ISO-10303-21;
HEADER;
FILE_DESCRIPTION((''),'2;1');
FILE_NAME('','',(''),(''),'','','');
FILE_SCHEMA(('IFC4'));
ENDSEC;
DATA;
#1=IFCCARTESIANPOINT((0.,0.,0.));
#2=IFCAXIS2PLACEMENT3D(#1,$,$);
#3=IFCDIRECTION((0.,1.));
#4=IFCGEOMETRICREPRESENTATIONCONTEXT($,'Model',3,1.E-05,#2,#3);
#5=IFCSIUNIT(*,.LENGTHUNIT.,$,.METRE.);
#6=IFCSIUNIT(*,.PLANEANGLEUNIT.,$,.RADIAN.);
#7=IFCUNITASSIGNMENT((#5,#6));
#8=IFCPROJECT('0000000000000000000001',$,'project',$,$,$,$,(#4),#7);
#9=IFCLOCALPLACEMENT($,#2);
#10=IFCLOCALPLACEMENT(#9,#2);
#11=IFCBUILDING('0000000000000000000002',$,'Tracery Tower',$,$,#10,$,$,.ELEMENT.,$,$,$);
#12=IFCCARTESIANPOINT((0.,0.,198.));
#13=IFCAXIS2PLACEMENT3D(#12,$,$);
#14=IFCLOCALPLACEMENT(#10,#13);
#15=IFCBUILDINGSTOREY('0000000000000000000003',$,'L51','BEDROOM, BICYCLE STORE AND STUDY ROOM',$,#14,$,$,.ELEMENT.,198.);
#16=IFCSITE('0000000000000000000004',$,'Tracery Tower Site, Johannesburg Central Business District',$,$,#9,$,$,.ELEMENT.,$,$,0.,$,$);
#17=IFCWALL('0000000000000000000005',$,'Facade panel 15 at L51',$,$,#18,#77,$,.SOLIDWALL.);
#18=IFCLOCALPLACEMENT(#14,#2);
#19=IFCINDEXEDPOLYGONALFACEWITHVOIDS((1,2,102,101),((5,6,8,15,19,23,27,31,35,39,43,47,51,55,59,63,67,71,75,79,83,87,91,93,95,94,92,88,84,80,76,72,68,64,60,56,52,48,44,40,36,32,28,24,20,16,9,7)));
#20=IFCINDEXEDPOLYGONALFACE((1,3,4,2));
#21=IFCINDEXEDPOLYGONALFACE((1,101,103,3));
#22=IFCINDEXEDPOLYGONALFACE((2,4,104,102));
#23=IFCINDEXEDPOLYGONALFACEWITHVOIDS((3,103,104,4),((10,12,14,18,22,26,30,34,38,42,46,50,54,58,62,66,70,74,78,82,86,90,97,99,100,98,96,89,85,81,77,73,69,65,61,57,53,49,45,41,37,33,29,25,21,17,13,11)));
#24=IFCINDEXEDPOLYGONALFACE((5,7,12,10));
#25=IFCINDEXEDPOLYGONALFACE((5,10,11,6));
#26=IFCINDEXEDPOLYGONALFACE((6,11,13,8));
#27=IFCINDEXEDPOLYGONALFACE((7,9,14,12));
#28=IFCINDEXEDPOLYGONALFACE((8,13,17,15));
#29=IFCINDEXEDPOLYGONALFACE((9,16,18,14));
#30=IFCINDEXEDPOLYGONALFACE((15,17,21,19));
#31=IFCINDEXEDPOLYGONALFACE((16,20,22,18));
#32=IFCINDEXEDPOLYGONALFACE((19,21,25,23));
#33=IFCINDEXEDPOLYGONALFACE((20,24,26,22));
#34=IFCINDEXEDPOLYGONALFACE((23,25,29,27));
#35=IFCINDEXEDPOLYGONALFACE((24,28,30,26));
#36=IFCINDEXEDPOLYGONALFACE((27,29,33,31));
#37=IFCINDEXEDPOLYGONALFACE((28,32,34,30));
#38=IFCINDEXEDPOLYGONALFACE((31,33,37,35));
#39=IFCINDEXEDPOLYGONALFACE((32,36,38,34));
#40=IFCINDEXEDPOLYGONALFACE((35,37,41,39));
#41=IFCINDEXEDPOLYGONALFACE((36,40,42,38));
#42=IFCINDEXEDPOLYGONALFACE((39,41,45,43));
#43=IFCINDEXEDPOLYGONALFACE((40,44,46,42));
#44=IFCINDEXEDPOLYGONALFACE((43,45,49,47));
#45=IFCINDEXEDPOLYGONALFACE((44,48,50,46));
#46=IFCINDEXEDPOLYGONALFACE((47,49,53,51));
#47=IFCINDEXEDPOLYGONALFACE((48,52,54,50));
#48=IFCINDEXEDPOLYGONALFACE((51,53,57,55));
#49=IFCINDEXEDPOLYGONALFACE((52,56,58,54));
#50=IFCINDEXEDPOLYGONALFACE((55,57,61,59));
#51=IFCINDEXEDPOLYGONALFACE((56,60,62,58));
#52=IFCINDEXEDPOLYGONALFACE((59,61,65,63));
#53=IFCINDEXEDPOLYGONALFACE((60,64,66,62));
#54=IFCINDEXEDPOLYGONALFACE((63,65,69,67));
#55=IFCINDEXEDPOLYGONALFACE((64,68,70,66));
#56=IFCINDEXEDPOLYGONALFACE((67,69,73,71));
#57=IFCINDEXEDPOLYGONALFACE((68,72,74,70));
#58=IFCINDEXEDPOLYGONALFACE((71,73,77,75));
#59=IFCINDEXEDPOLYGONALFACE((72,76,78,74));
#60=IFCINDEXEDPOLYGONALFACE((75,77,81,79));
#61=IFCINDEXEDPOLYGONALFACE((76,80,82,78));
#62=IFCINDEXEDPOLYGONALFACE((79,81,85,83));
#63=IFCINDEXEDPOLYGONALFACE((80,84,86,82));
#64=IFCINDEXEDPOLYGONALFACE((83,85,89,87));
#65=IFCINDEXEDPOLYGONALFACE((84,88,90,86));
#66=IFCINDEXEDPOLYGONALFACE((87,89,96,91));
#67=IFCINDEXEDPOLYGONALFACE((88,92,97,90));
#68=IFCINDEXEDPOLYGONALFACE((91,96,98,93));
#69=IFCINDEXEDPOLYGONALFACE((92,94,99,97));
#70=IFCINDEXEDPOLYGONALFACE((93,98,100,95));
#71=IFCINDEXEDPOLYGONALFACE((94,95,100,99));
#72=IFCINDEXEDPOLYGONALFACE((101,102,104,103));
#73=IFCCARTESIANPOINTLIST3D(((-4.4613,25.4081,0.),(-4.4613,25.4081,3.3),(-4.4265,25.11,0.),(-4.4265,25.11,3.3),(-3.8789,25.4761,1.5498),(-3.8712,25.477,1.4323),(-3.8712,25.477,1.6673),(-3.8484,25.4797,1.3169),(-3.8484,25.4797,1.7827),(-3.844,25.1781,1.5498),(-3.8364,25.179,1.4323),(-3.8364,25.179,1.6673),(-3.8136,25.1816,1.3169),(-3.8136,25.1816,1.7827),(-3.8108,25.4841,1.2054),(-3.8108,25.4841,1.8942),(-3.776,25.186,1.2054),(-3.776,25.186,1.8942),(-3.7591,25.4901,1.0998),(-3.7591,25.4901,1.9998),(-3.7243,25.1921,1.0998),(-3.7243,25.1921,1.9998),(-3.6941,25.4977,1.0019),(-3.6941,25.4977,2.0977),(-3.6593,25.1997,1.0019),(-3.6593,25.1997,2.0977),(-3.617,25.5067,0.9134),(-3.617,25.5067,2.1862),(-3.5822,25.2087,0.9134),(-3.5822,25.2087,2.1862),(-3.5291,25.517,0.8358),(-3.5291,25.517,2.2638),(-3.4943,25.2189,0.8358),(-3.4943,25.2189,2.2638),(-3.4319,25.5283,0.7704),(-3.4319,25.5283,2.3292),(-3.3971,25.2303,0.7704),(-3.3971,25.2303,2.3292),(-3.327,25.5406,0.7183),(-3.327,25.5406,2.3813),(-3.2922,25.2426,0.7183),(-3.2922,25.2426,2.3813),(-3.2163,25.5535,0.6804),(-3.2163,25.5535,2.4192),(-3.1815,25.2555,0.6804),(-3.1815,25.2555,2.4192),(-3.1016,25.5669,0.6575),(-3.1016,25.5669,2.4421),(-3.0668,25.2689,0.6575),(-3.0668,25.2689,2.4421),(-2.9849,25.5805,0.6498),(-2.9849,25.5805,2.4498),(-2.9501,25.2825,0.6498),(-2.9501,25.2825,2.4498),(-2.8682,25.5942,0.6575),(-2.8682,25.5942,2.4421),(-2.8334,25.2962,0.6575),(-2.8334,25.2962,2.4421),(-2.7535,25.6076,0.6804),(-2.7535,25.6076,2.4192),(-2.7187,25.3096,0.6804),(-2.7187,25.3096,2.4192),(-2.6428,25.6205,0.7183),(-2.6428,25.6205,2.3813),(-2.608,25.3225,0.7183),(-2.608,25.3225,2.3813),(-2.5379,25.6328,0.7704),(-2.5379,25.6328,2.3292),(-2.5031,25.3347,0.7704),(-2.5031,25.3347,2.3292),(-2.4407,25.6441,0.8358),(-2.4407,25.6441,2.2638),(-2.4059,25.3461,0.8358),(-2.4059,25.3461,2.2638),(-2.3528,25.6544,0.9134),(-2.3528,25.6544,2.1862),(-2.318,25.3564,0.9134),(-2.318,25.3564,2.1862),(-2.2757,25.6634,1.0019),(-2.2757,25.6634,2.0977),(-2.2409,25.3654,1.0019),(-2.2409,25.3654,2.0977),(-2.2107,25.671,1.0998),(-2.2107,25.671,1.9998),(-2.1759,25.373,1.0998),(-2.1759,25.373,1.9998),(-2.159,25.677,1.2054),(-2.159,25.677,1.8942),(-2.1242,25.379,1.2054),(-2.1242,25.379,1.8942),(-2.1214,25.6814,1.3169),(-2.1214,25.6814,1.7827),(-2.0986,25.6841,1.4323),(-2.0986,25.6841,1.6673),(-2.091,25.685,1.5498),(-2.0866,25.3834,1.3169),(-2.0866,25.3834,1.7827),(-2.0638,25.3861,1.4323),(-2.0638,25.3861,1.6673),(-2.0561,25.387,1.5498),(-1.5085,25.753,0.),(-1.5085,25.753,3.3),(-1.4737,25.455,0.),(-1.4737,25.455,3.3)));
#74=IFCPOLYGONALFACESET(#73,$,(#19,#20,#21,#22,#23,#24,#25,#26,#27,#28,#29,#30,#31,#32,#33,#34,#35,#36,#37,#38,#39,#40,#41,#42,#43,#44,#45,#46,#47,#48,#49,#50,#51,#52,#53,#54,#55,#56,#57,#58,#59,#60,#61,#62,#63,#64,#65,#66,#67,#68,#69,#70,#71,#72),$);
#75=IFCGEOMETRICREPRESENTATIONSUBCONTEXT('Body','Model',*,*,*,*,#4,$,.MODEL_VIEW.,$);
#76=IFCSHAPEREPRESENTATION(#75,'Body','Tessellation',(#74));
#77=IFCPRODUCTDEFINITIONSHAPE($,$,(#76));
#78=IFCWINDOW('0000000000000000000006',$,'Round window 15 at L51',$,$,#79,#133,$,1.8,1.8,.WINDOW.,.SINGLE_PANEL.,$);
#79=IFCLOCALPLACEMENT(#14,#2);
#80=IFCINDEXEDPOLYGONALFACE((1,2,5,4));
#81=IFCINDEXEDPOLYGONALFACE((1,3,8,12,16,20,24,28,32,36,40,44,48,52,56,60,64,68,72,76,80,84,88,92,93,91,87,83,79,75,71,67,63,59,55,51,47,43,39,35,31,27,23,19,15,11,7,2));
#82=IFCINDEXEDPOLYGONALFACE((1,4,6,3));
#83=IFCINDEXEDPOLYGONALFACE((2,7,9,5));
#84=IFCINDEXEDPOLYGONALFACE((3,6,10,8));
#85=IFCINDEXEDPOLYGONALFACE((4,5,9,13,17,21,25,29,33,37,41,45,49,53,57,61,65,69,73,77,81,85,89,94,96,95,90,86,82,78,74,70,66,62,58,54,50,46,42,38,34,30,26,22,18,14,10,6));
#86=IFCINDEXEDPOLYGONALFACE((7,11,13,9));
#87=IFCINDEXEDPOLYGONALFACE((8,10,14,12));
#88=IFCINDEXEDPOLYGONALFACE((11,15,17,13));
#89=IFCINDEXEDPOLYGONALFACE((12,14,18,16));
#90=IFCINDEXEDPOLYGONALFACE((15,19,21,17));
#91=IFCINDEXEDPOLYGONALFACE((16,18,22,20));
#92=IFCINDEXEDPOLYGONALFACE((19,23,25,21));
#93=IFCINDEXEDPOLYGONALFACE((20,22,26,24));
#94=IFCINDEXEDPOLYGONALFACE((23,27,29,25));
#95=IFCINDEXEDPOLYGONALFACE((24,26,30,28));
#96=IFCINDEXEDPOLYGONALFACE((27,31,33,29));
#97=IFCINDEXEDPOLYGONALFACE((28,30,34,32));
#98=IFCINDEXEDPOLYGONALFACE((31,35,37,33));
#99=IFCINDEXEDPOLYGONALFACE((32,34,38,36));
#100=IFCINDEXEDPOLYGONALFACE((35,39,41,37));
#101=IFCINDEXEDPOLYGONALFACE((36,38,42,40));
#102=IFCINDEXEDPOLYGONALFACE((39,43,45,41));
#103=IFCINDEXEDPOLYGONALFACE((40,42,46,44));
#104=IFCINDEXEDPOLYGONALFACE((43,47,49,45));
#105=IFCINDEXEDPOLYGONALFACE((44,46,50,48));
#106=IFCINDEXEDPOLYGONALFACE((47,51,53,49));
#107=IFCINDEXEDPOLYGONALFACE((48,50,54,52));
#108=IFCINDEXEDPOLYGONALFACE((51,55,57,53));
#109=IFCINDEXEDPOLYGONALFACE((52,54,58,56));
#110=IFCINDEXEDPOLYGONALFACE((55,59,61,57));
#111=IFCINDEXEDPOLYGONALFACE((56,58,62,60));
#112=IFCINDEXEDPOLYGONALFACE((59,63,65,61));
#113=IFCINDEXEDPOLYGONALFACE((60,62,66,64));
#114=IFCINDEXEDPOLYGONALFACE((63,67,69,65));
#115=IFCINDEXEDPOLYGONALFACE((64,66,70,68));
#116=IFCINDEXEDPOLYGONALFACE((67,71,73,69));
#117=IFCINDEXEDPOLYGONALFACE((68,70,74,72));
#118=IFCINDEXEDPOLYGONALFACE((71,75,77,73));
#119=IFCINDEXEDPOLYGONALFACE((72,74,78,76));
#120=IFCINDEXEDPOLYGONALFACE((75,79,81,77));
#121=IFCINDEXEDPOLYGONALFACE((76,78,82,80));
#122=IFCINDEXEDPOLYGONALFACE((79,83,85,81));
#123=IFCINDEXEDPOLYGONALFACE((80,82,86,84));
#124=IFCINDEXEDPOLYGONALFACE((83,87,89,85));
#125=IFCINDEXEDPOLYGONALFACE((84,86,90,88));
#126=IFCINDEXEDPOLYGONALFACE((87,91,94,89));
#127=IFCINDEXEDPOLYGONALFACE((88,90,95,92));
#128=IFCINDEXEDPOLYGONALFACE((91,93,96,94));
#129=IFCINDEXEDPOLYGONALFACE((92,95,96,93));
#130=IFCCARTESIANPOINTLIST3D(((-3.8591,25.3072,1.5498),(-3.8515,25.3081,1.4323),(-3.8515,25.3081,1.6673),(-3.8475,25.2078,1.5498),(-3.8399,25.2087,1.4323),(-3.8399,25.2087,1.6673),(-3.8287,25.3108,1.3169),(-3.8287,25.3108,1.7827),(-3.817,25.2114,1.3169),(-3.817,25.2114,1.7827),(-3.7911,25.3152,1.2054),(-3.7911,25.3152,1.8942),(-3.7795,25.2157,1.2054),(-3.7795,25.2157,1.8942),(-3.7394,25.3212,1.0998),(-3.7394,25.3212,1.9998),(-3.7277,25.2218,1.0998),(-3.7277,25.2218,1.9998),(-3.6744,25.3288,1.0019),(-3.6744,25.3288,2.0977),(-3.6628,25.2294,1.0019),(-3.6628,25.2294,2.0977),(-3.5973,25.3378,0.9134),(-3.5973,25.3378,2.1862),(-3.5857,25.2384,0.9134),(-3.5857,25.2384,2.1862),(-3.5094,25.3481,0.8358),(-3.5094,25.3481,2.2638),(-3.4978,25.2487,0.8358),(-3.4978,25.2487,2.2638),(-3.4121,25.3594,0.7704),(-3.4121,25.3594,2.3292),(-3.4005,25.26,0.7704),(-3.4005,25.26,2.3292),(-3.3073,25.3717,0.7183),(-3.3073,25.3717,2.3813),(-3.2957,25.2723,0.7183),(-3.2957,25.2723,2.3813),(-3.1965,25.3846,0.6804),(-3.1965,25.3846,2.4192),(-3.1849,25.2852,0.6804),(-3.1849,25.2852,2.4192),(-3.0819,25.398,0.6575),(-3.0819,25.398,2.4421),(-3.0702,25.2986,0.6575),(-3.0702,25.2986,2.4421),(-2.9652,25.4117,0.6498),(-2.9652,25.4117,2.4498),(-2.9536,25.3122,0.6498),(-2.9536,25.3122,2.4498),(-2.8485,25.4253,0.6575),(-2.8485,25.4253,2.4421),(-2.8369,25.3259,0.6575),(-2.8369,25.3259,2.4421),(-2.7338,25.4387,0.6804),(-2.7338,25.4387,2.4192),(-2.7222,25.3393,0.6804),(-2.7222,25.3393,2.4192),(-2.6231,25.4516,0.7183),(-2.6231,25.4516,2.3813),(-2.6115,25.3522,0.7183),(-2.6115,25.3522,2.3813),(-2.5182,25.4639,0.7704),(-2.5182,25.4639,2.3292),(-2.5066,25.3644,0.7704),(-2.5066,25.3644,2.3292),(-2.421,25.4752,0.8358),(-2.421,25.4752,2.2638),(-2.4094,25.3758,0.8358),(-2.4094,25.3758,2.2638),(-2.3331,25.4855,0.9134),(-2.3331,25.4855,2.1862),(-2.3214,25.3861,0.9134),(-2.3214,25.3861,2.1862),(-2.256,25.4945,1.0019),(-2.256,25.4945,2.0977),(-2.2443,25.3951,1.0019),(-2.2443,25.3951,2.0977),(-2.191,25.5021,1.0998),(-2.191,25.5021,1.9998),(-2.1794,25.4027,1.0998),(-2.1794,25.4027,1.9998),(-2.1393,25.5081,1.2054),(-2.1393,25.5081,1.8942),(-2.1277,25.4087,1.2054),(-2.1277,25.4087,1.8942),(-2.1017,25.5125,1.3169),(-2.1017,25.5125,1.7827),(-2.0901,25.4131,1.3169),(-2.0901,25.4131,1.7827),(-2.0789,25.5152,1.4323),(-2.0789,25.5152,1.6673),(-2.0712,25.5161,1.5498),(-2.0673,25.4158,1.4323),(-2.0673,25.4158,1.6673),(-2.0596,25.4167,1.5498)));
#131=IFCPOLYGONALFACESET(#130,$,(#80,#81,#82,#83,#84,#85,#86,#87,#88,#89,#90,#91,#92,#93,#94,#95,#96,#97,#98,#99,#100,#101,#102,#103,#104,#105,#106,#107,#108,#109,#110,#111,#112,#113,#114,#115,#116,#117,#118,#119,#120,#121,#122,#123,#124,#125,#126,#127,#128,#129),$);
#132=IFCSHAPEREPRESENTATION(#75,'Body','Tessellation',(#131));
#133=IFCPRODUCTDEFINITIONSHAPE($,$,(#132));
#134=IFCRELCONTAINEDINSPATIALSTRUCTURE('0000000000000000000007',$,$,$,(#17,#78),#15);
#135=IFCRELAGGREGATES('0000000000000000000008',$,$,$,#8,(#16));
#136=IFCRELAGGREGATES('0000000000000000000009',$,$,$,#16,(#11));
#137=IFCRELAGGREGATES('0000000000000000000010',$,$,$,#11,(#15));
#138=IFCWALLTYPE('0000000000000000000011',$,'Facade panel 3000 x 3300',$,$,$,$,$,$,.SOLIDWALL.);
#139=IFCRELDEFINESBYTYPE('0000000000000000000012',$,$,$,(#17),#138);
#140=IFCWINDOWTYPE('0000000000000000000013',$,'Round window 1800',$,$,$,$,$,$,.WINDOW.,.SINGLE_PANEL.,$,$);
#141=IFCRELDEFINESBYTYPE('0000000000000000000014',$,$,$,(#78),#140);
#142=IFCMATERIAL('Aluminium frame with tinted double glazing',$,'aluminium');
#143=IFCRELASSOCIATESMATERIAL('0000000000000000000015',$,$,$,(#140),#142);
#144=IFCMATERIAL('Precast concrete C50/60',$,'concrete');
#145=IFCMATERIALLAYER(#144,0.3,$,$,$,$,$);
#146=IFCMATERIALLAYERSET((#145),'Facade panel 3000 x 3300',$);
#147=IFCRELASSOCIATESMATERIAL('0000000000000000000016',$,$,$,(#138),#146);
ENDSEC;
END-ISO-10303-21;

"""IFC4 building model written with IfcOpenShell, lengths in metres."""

from ifc_helpers import new_model, si_unit, direction, frame, frame_2d, origin, origin_2d, place, context, subcontext, project, spatial, rectangle, circle, extrude, material, layer, layer_set, type_object, element, fill, save


model = new_model("IFC4")

# Units and contexts
model_context = context("Model", 3, precision=1e-05, world=origin(), true_north=direction((0.0, 1.0)))
body_context = subcontext(model_context, "Body", "Model", "MODEL_VIEW")
ifc_project = project(units=[si_unit("LENGTHUNIT", "METRE"), si_unit("PLANEANGLEUNIT", "RADIAN")], contexts=[model_context])

# Site, building, storey
site_placement = place(None, origin())
site = spatial("IfcSite", under=ifc_project, at=site_placement, Name="Tracery Tower Site, Johannesburg Central Business District", CompositionType="ELEMENT", RefElevation=0.0)
building_placement = place(site_placement, origin())
building = spatial("IfcBuilding", under=site, at=building_placement, Name="Tracery Tower", CompositionType="ELEMENT")
storey_placement = place(building_placement, frame((0.0, 0.0, 198.0)))
storey = spatial("IfcBuildingStorey", under=building, at=storey_placement, Name="L51", Description="BEDROOM, BICYCLE STORE AND STUDY ROOM", CompositionType="ELEMENT", Elevation=198.0)

# Wall, opening, window
ifc_material_1 = material(Name="Aluminium frame with tinted double glazing", Category="aluminium")
window_type = type_object("IfcWindowType", Name="Round window 1800", PartitioningType="SINGLE_PANEL", PredefinedType="WINDOW", material=ifc_material_1)
ifc_material_2 = material(Name="Precast concrete C50/60", Category="concrete")
ifc_layer_1 = layer(ifc_material_2, 0.3)
ifc_layer_set_1 = layer_set([ifc_layer_1], Name="Facade panel 3000 x 3300")
wall_type_1 = type_object("IfcWallType", Name="Facade panel 3000 x 3300", PredefinedType="SOLIDWALL", material=ifc_layer_set_1)
wall_1_placement = place(storey_placement, frame((-1.4912, 25.604, 0.0), z_axis=(0.0, 0.0, 1.0), x_axis=(-0.993245, -0.116036, 0.0)))
wall_1 = element("IfcWall", 1, at=wall_1_placement, inside=storey, type_object=wall_type_1, Name="Facade panel 15 at L51", PredefinedType="SOLIDWALL", context=body_context, shape_type="SweptSolid", body=[
    extrude(rectangle(XDim=2.9729, YDim=0.3, at=frame_2d((1.4863, 0.0))), origin(), (0.0, 0.0, 1.0), 3.3),
])
opening_1_placement = place(wall_1_placement, frame((1.4863, 0.0, 1.5498)))
opening_1 = element("IfcOpeningElement", 2, at=opening_1_placement, cuts=wall_1, PredefinedType="OPENING", context=body_context, shape_type="SweptSolid", body=[
    extrude(circle(Radius=0.9, at=origin_2d()), frame((0.0, 0.1599, 0.0), z_axis=(0.0, -1.0, 0.0), x_axis=(1.0, 0.0, 0.0)), (0.0, 0.0, 1.0), 0.3201),
])
window_1_placement = place(opening_1_placement, origin())
window_1 = element("IfcWindow", 3, at=window_1_placement, inside=storey, type_object=window_type, Name="Round window 15 at L51", OverallHeight=1.8, OverallWidth=1.8, PartitioningType="SINGLE_PANEL", PredefinedType="WINDOW", context=body_context, shape_type="SweptSolid", body=[
    extrude(circle(Radius=0.9, at=origin_2d()), frame((0.0, 0.1201, 0.0), z_axis=(0.0, -1.0, 0.0), x_axis=(1.0, 0.0, 0.0)), (0.0, 0.0, 1.0), 0.1001),
])
fill(opening_1, window_1)

save(model, "model.ifc")
